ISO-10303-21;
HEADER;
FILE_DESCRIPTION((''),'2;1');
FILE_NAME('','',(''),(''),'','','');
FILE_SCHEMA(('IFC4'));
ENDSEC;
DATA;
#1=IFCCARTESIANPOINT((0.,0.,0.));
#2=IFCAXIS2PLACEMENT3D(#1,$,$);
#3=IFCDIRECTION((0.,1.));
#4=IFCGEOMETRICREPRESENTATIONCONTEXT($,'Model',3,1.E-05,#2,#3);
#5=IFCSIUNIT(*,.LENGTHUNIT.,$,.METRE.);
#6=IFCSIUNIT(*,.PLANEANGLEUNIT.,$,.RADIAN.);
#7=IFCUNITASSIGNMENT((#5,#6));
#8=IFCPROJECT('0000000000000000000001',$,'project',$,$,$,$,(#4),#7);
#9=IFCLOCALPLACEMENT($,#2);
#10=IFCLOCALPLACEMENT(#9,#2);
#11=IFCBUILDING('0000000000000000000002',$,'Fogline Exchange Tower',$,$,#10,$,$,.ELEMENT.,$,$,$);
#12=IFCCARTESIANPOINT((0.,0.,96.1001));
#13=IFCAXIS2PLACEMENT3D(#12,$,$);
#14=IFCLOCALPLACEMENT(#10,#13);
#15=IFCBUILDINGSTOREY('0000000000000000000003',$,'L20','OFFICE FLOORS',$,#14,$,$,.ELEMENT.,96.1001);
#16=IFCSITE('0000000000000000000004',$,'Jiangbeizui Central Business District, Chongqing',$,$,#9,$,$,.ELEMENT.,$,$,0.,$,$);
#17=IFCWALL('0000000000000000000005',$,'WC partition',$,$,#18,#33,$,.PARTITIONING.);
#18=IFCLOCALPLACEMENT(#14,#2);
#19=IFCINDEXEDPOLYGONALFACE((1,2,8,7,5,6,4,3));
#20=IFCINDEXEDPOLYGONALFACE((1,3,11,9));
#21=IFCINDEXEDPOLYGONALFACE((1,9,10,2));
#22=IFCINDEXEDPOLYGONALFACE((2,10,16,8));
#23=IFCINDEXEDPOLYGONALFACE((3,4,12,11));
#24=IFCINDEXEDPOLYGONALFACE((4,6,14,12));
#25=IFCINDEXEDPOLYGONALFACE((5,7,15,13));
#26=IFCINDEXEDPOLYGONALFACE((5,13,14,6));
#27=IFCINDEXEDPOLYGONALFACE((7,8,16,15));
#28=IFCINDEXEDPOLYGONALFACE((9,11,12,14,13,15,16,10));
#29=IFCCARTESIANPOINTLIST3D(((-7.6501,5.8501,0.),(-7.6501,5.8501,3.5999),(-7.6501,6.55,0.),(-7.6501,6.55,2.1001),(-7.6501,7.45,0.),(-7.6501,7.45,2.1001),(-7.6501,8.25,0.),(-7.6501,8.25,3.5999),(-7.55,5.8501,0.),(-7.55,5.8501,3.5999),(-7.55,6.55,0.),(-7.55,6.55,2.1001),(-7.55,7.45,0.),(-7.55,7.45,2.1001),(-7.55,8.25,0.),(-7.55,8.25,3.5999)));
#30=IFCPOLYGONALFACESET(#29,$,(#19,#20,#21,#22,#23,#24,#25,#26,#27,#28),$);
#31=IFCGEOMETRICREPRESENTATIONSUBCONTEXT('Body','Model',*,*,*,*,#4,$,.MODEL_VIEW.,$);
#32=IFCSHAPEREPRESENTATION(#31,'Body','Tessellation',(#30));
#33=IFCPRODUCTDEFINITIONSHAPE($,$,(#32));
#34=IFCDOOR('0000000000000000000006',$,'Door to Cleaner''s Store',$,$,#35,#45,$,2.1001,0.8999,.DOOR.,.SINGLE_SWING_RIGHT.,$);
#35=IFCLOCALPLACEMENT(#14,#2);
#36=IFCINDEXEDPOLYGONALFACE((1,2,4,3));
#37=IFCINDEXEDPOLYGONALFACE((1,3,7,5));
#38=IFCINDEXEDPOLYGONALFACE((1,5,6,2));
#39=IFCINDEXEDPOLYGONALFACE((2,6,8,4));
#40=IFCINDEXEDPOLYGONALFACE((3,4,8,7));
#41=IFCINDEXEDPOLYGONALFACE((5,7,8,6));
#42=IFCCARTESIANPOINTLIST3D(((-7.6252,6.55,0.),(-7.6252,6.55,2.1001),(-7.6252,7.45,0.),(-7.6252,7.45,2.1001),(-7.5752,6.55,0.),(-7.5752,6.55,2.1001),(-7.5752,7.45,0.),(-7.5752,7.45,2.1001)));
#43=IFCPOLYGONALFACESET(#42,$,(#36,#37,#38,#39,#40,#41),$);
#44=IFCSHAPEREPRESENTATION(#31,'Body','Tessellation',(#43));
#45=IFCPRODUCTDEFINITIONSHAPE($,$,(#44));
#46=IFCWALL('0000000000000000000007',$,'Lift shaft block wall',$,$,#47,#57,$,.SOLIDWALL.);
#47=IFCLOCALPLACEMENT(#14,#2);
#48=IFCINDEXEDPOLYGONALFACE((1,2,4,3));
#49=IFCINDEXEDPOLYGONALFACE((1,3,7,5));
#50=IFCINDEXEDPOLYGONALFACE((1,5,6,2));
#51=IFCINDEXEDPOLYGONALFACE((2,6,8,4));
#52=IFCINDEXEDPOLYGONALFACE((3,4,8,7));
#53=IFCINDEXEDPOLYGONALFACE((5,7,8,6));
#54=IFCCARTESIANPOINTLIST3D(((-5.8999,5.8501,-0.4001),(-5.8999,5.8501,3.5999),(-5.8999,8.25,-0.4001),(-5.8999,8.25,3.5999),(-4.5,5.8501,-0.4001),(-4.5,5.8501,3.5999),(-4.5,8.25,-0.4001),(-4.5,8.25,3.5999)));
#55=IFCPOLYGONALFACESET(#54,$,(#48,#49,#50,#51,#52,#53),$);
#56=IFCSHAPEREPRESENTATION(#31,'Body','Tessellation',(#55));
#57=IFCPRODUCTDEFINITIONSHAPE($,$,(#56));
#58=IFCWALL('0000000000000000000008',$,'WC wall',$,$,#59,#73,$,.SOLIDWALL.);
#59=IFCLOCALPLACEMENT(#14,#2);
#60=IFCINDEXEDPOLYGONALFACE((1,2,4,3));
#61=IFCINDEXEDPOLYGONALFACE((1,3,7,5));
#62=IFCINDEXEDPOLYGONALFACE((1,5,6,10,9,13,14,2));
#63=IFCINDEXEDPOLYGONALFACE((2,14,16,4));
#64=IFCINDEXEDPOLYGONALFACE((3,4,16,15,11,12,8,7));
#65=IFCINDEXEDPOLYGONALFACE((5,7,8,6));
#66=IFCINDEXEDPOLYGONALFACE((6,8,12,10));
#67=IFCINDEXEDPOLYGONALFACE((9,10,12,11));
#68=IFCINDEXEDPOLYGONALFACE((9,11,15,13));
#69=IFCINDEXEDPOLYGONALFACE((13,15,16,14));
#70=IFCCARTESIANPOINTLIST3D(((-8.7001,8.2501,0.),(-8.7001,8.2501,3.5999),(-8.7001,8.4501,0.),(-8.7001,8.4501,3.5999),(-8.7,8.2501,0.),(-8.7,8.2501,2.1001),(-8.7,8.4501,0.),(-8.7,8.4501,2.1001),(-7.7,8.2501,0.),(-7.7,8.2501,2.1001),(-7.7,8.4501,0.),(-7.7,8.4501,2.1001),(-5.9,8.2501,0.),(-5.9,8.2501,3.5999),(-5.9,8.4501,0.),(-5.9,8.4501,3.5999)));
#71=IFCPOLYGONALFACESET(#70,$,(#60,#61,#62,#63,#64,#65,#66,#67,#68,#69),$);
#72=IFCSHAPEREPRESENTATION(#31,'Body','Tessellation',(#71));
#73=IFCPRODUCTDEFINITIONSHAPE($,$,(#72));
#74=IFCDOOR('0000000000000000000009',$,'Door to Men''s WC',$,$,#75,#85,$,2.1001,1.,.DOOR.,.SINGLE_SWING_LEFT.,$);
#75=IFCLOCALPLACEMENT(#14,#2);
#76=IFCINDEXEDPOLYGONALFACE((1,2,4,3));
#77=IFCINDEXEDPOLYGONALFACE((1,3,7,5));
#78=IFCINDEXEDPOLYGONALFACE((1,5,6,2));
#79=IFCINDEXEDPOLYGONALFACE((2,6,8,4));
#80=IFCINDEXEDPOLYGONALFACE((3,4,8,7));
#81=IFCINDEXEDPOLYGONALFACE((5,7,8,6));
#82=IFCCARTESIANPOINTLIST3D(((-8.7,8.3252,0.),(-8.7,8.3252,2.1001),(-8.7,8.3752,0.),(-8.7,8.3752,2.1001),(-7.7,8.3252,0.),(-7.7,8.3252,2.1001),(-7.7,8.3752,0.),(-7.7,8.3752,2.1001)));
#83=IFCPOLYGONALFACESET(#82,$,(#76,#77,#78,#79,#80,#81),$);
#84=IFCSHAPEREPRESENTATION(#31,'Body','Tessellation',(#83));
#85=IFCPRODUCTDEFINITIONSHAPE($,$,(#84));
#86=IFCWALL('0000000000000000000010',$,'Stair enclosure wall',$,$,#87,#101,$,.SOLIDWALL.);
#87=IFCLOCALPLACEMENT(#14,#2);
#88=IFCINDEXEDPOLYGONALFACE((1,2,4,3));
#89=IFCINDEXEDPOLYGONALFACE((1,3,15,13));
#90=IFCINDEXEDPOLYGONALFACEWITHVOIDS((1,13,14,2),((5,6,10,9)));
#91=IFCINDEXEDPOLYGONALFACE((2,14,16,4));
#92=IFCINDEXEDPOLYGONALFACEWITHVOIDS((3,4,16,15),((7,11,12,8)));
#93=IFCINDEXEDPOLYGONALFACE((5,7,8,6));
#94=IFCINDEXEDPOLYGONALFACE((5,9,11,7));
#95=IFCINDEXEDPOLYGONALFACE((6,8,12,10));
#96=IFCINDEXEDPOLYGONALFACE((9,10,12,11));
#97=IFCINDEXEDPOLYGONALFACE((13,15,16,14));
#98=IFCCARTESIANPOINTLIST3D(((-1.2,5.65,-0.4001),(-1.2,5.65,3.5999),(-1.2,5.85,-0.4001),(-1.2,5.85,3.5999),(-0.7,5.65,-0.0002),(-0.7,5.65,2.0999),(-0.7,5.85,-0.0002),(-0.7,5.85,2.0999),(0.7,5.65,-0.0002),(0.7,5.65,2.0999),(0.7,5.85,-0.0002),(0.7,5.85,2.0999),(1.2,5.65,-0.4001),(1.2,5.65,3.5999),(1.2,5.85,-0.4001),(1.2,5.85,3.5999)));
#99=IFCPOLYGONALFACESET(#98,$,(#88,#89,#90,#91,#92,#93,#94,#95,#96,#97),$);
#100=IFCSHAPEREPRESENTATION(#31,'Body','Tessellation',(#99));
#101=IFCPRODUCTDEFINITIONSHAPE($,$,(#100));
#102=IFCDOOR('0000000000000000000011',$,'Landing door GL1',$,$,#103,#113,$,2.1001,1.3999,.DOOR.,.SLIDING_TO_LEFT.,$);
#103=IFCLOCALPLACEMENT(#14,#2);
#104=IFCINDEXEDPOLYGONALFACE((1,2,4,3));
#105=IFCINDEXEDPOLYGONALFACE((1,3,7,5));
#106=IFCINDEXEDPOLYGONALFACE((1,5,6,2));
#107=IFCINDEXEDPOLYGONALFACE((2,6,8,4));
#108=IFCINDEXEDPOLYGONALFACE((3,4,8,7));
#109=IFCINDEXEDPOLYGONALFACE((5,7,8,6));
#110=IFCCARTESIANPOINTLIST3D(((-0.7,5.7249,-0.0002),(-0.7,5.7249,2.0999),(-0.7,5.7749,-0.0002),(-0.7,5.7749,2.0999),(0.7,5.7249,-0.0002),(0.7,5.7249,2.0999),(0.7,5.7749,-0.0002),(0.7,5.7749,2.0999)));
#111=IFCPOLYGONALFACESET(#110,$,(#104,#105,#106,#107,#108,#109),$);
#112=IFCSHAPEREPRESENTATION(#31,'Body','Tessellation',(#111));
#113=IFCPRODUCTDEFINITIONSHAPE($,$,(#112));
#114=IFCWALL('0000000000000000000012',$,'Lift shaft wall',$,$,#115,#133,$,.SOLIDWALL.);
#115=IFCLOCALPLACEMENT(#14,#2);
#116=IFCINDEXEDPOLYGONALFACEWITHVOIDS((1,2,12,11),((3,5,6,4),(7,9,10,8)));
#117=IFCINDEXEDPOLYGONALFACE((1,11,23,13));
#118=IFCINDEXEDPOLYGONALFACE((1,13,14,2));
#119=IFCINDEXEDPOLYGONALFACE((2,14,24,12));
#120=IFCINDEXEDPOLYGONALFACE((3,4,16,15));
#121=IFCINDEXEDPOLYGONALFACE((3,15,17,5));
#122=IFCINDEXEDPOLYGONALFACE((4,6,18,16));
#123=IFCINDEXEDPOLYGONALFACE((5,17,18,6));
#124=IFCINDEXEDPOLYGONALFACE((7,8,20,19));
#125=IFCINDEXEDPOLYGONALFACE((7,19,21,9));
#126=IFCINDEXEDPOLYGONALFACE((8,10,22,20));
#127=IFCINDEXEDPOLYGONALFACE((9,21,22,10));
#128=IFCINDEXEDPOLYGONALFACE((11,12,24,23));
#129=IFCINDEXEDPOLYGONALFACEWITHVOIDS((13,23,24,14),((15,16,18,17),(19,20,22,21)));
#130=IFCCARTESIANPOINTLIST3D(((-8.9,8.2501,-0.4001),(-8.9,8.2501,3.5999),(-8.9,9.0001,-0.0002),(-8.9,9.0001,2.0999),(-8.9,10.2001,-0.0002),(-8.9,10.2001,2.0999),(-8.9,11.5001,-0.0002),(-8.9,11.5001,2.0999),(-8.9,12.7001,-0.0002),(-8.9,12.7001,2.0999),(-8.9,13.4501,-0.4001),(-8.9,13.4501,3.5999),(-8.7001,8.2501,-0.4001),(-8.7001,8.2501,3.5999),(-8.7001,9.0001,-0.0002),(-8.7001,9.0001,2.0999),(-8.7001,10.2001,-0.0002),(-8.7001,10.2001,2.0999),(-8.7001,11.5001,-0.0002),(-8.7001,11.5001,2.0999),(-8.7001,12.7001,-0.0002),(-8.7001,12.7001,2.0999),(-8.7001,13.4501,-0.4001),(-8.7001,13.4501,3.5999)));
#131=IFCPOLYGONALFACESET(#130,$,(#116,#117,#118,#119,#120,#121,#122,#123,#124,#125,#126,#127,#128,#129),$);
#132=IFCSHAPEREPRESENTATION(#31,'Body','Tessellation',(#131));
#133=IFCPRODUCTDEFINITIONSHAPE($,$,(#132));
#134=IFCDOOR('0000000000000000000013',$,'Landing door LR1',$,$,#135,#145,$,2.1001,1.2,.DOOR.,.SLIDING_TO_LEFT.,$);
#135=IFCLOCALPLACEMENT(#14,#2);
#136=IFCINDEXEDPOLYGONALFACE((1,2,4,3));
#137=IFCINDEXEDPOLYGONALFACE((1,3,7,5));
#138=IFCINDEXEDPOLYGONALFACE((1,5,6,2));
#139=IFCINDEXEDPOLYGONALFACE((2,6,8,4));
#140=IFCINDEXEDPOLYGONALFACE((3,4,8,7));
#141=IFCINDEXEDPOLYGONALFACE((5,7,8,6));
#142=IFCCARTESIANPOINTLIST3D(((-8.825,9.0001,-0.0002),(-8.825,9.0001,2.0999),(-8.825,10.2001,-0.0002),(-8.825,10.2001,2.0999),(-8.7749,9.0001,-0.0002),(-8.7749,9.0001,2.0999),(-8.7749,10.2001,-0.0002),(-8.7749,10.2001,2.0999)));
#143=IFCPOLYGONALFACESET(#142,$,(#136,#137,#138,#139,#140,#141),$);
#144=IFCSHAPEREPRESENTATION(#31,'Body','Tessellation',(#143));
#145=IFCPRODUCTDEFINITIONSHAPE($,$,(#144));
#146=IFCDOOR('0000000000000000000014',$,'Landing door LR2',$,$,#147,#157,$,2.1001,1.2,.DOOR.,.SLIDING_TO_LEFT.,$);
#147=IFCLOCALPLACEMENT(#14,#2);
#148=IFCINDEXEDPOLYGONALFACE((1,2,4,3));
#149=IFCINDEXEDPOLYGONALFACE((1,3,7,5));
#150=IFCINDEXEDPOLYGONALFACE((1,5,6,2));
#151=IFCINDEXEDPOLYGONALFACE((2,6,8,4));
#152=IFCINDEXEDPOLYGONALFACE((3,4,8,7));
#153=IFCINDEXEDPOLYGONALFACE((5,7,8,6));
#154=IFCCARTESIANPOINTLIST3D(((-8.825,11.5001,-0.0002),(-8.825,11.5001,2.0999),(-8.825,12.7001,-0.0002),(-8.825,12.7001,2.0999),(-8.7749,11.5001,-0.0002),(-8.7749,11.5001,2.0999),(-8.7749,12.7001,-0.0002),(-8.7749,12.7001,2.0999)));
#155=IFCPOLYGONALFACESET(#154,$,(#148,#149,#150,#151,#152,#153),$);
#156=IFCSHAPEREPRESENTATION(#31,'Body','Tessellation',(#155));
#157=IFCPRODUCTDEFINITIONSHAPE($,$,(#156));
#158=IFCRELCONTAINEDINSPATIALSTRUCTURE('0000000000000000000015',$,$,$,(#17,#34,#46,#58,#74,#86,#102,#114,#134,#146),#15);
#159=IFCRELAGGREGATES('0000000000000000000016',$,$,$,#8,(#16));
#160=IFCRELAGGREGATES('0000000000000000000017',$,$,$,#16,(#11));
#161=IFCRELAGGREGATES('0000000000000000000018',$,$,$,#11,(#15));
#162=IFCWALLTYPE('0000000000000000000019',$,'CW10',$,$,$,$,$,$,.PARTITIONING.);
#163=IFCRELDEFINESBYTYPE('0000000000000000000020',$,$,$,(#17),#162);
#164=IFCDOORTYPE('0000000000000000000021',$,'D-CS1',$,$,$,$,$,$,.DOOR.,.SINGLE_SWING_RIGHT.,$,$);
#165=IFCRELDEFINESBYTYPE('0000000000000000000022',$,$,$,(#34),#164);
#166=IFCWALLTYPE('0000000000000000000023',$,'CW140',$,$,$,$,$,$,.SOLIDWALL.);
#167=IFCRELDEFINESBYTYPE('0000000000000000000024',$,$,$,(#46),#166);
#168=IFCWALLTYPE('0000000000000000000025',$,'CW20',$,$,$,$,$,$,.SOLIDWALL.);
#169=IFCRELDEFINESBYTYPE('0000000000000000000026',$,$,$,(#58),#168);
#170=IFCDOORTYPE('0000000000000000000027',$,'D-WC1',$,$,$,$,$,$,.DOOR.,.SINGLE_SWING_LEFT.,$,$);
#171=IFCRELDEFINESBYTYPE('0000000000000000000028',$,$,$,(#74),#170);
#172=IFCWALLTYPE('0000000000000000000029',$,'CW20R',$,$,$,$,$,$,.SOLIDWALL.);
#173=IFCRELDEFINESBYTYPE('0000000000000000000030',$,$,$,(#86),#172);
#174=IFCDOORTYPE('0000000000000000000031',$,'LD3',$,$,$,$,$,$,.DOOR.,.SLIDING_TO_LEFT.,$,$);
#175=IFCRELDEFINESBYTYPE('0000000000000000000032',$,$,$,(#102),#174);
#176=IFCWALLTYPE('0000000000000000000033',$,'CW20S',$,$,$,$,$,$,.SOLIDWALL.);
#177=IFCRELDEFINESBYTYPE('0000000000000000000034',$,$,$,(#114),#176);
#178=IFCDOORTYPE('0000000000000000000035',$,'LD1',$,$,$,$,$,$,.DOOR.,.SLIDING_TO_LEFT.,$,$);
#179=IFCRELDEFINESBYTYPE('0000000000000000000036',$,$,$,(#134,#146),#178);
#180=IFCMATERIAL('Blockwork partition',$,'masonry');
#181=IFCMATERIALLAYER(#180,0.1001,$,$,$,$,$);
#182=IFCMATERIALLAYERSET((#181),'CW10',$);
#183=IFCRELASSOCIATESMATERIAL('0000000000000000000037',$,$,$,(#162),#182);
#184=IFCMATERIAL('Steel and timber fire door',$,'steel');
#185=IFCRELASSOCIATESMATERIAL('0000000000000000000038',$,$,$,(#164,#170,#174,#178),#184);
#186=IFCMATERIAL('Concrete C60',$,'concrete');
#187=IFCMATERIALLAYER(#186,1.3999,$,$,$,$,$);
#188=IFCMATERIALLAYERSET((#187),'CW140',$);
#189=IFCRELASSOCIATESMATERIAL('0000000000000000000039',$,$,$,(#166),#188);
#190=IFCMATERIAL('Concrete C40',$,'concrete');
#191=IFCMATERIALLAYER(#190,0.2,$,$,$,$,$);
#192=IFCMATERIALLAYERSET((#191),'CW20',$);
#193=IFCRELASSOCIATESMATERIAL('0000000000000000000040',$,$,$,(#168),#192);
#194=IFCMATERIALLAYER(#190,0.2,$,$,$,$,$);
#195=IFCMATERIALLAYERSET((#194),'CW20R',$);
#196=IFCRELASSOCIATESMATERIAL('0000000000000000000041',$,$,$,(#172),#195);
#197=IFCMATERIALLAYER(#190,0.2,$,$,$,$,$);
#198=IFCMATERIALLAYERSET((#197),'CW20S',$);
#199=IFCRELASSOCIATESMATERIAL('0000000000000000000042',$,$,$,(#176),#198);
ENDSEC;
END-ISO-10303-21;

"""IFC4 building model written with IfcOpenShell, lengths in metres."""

from ifc_helpers import new_model, si_unit, direction, frame, frame_2d, origin, place, context, subcontext, project, spatial, rectangle, extrude, material, layer, layer_set, type_object, element, fill, save


model = new_model("IFC4")

# Units and contexts
model_context = context("Model", 3, precision=1e-05, world=origin(), true_north=direction((0.0, 1.0)))
body_context = subcontext(model_context, "Body", "Model", "MODEL_VIEW")
ifc_project = project(units=[si_unit("LENGTHUNIT", "METRE"), si_unit("PLANEANGLEUNIT", "RADIAN")], contexts=[model_context])

# Site, building, storey
site_placement = place(None, origin())
site = spatial("IfcSite", under=ifc_project, at=site_placement, Name="Jiangbeizui Central Business District, Chongqing", CompositionType="ELEMENT", RefElevation=0.0)
building_placement = place(site_placement, origin())
building = spatial("IfcBuilding", under=site, at=building_placement, Name="Fogline Exchange Tower", CompositionType="ELEMENT")
storey_placement = place(building_placement, frame((0.0, 0.0, 96.1001)))
storey = spatial("IfcBuildingStorey", under=building, at=storey_placement, Name="L20", Description="OFFICE FLOORS", CompositionType="ELEMENT", Elevation=96.1001)

# Wall, opening, door
ifc_material_1 = material(Name="Blockwork partition", Category="masonry")
ifc_layer_1 = layer(ifc_material_1, 0.1001)
ifc_layer_set_1 = layer_set([ifc_layer_1], Name="CW10")
wall_type_1 = type_object("IfcWallType", Name="CW10", PredefinedType="PARTITIONING", material=ifc_layer_set_1)
wall_1_placement = place(storey_placement, frame((-7.6001, 5.8501, 0.0), z_axis=(0.0, 0.0, 1.0), x_axis=(0.0, 1.0, 0.0)))
wall_1 = element("IfcWall", 1, at=wall_1_placement, inside=storey, type_object=wall_type_1, Name="WC partition", PredefinedType="PARTITIONING", context=body_context, shape_type="SweptSolid", body=[
    extrude(rectangle(XDim=2.3999, YDim=0.1001, at=frame_2d((1.2, 0.0))), origin(), (0.0, 0.0, 1.0), 3.5999),
])
opening_1_placement = place(wall_1_placement, frame((0.7, 0.0, 0.0)))
opening_1 = element("IfcOpeningElement", 2, at=opening_1_placement, cuts=wall_1, PredefinedType="OPENING", context=body_context, shape_type="SweptSolid", body=[
    extrude(rectangle(XDim=0.8999, YDim=2.1001, at=frame_2d((0.45, 1.05))), frame((0.0, 0.0601, 0.0), z_axis=(0.0, -1.0, 0.0), x_axis=(1.0, 0.0, 0.0)), (0.0, 0.0, 1.0), 0.1201),
])
ifc_material_2 = material(Name="Steel and timber fire door", Category="steel")
door_type_1 = type_object("IfcDoorType", Name="D-CS1", OperationType="SINGLE_SWING_RIGHT", PredefinedType="DOOR", material=ifc_material_2)
door_1_placement = place(opening_1_placement, frame((0.8999, 0.0, 0.0), z_axis=(0.0, 0.0, 1.0), x_axis=(-1.0, 0.0, 0.0)))
door_1 = element("IfcDoor", 3, at=door_1_placement, inside=storey, type_object=door_type_1, Name="Door to Cleaner's Store", OperationType="SINGLE_SWING_RIGHT", OverallHeight=2.1001, OverallWidth=0.8999, PredefinedType="DOOR", context=body_context, shape_type="SweptSolid", body=[
    extrude(rectangle(XDim=0.8999, YDim=2.1001, at=frame_2d((0.45, 1.05))), frame((0.0, 0.0249, 0.0), z_axis=(0.0, -1.0, 0.0), x_axis=(1.0, 0.0, 0.0)), (0.0, 0.0, 1.0), 0.05),
])
fill(opening_1, door_1)

# Wall
ifc_material_3 = material(Name="Concrete C60", Category="concrete")
ifc_layer_2 = layer(ifc_material_3, 1.3999)
ifc_layer_set_2 = layer_set([ifc_layer_2], Name="CW140")
wall_type_2 = type_object("IfcWallType", Name="CW140", PredefinedType="SOLIDWALL", material=ifc_layer_set_2)
wall_2_placement = place(storey_placement, frame((-5.2, 5.8501, -0.4001), z_axis=(0.0, 0.0, 1.0), x_axis=(0.0, 1.0, 0.0)))
element("IfcWall", 4, at=wall_2_placement, inside=storey, type_object=wall_type_2, Name="Lift shaft block wall", PredefinedType="SOLIDWALL", context=body_context, shape_type="SweptSolid", body=[
    extrude(rectangle(XDim=2.3999, YDim=1.3999, at=frame_2d((1.2, 0.0))), origin(), (0.0, 0.0, 1.0), 4.0),
])

# Walls, openings, doors
ifc_material_4 = material(Name="Concrete C40", Category="concrete")
ifc_layer_3 = layer(ifc_material_4, 0.2)
ifc_layer_set_3 = layer_set([ifc_layer_3], Name="CW20")
wall_type_3 = type_object("IfcWallType", Name="CW20", PredefinedType="SOLIDWALL", material=ifc_layer_set_3)
wall_3_placement = place(storey_placement, frame((-8.7, 8.3501, 0.0), z_axis=(0.0, 0.0, 1.0), x_axis=(1.0, 0.0, 0.0)))
wall_3 = element("IfcWall", 5, at=wall_3_placement, inside=storey, type_object=wall_type_3, Name="WC wall", PredefinedType="SOLIDWALL", context=body_context, shape_type="SweptSolid", body=[
    extrude(rectangle(XDim=2.8, YDim=0.2, at=frame_2d((1.3999, 0.0))), origin(), (0.0, 0.0, 1.0), 3.5999),
])
opening_2_placement = place(wall_3_placement, origin())
opening_2 = element("IfcOpeningElement", 6, at=opening_2_placement, cuts=wall_3, PredefinedType="OPENING", context=body_context, shape_type="SweptSolid", body=[
    extrude(rectangle(XDim=1.0, YDim=2.1001, at=frame_2d((0.5, 1.05))), frame((0.0, 0.1099, 0.0), z_axis=(0.0, -1.0, 0.0), x_axis=(1.0, 0.0, 0.0)), (0.0, 0.0, 1.0), 0.22),
])
door_type_2 = type_object("IfcDoorType", Name="D-WC1", OperationType="SINGLE_SWING_LEFT", PredefinedType="DOOR", material=ifc_material_2)
door_2_placement = place(opening_2_placement, frame((1.0, 0.0, 0.0), z_axis=(0.0, 0.0, 1.0), x_axis=(-1.0, 0.0, 0.0)))
door_2 = element("IfcDoor", 7, at=door_2_placement, inside=storey, type_object=door_type_2, Name="Door to Men's WC", OperationType="SINGLE_SWING_LEFT", OverallHeight=2.1001, OverallWidth=1.0, PredefinedType="DOOR", context=body_context, shape_type="SweptSolid", body=[
    extrude(rectangle(XDim=1.0, YDim=2.1001, at=frame_2d((0.5, 1.05))), frame((0.0, 0.0249, 0.0), z_axis=(0.0, -1.0, 0.0), x_axis=(1.0, 0.0, 0.0)), (0.0, 0.0, 1.0), 0.05),
])
fill(opening_2, door_2)
ifc_layer_4 = layer(ifc_material_4, 0.2)
ifc_layer_set_4 = layer_set([ifc_layer_4], Name="CW20R")
wall_type_4 = type_object("IfcWallType", Name="CW20R", PredefinedType="SOLIDWALL", material=ifc_layer_set_4)
wall_4_placement = place(storey_placement, frame((-1.2, 5.75, -0.4001), z_axis=(0.0, 0.0, 1.0), x_axis=(1.0, 0.0, 0.0)))
wall_4 = element("IfcWall", 8, at=wall_4_placement, inside=storey, type_object=wall_type_4, Name="Stair enclosure wall", PredefinedType="SOLIDWALL", context=body_context, shape_type="SweptSolid", body=[
    extrude(rectangle(XDim=2.3999, YDim=0.2, at=frame_2d((1.2, 0.0))), origin(), (0.0, 0.0, 1.0), 4.0),
])
opening_3_placement = place(wall_4_placement, frame((0.5, 0.0, 0.3999)))
opening_3 = element("IfcOpeningElement", 9, at=opening_3_placement, cuts=wall_4, PredefinedType="OPENING", context=body_context, shape_type="SweptSolid", body=[
    extrude(rectangle(XDim=1.3999, YDim=2.1001, at=frame_2d((0.7, 1.05))), frame((0.0, 0.1099, 0.0), z_axis=(0.0, -1.0, 0.0), x_axis=(1.0, 0.0, 0.0)), (0.0, 0.0, 1.0), 0.22),
])
door_type_3 = type_object("IfcDoorType", Name="LD3", OperationType="SLIDING_TO_LEFT", PredefinedType="DOOR", material=ifc_material_2)
door_3_placement = place(opening_3_placement, origin())
door_3 = element("IfcDoor", 10, at=door_3_placement, inside=storey, type_object=door_type_3, Name="Landing door GL1", OperationType="SLIDING_TO_LEFT", OverallHeight=2.1001, OverallWidth=1.3999, PredefinedType="DOOR", context=body_context, shape_type="SweptSolid", body=[
    extrude(rectangle(XDim=1.3999, YDim=2.1001, at=frame_2d((0.7, 1.05))), frame((0.0, 0.0249, 0.0), z_axis=(0.0, -1.0, 0.0), x_axis=(1.0, 0.0, 0.0)), (0.0, 0.0, 1.0), 0.05),
])
fill(opening_3, door_3)

# Wall, openings, doors
ifc_layer_5 = layer(ifc_material_4, 0.2)
ifc_layer_set_5 = layer_set([ifc_layer_5], Name="CW20S")
wall_type_5 = type_object("IfcWallType", Name="CW20S", PredefinedType="SOLIDWALL", material=ifc_layer_set_5)
wall_5_placement = place(storey_placement, frame((-8.8, 8.25, -0.4001), z_axis=(0.0, 0.0, 1.0), x_axis=(0.0, 1.0, 0.0)))
wall_5 = element("IfcWall", 11, at=wall_5_placement, inside=storey, type_object=wall_type_5, Name="Lift shaft wall", PredefinedType="SOLIDWALL", context=body_context, shape_type="SweptSolid", body=[
    extrude(rectangle(XDim=5.2, YDim=0.2, at=frame_2d((2.6001, 0.0))), origin(), (0.0, 0.0, 1.0), 4.0),
])
opening_4_placement = place(wall_5_placement, frame((0.75, 0.0, 0.3999)))
opening_4 = element("IfcOpeningElement", 12, at=opening_4_placement, cuts=wall_5, PredefinedType="OPENING", context=body_context, shape_type="SweptSolid", body=[
    extrude(rectangle(XDim=1.2, YDim=2.1001, at=frame_2d((0.6001, 1.05))), frame((0.0, 0.1099, 0.0), z_axis=(0.0, -1.0, 0.0), x_axis=(1.0, 0.0, 0.0)), (0.0, 0.0, 1.0), 0.22),
])
opening_5_placement = place(wall_5_placement, frame((3.25, 0.0, 0.3999)))
opening_5 = element("IfcOpeningElement", 13, at=opening_5_placement, cuts=wall_5, PredefinedType="OPENING", context=body_context, shape_type="SweptSolid", body=[
    extrude(rectangle(XDim=1.2, YDim=2.1001, at=frame_2d((0.6001, 1.05))), frame((0.0, 0.1099, 0.0), z_axis=(0.0, -1.0, 0.0), x_axis=(1.0, 0.0, 0.0)), (0.0, 0.0, 1.0), 0.22),
])
door_type_4 = type_object("IfcDoorType", Name="LD1", OperationType="SLIDING_TO_LEFT", PredefinedType="DOOR", material=ifc_material_2)
door_4_placement = place(opening_4_placement, origin())
door_4 = element("IfcDoor", 14, at=door_4_placement, inside=storey, type_object=door_type_4, Name="Landing door LR1", OperationType="SLIDING_TO_LEFT", OverallHeight=2.1001, OverallWidth=1.2, PredefinedType="DOOR", context=body_context, shape_type="SweptSolid", body=[
    extrude(rectangle(XDim=1.2, YDim=2.1001, at=frame_2d((0.6001, 1.05))), frame((0.0, 0.0249, 0.0), z_axis=(0.0, -1.0, 0.0), x_axis=(1.0, 0.0, 0.0)), (0.0, 0.0, 1.0), 0.05),
])
fill(opening_4, door_4)
door_5_placement = place(opening_5_placement, origin())
door_5 = element("IfcDoor", 15, at=door_5_placement, inside=storey, type_object=door_type_4, Name="Landing door LR2", OperationType="SLIDING_TO_LEFT", OverallHeight=2.1001, OverallWidth=1.2, PredefinedType="DOOR", context=body_context, shape_type="SweptSolid", body=[
    extrude(rectangle(XDim=1.2, YDim=2.1001, at=frame_2d((0.6001, 1.05))), frame((0.0, 0.0249, 0.0), z_axis=(0.0, -1.0, 0.0), x_axis=(1.0, 0.0, 0.0)), (0.0, 0.0, 1.0), 0.05),
])
fill(opening_5, door_5)

save(model, "model.ifc")
